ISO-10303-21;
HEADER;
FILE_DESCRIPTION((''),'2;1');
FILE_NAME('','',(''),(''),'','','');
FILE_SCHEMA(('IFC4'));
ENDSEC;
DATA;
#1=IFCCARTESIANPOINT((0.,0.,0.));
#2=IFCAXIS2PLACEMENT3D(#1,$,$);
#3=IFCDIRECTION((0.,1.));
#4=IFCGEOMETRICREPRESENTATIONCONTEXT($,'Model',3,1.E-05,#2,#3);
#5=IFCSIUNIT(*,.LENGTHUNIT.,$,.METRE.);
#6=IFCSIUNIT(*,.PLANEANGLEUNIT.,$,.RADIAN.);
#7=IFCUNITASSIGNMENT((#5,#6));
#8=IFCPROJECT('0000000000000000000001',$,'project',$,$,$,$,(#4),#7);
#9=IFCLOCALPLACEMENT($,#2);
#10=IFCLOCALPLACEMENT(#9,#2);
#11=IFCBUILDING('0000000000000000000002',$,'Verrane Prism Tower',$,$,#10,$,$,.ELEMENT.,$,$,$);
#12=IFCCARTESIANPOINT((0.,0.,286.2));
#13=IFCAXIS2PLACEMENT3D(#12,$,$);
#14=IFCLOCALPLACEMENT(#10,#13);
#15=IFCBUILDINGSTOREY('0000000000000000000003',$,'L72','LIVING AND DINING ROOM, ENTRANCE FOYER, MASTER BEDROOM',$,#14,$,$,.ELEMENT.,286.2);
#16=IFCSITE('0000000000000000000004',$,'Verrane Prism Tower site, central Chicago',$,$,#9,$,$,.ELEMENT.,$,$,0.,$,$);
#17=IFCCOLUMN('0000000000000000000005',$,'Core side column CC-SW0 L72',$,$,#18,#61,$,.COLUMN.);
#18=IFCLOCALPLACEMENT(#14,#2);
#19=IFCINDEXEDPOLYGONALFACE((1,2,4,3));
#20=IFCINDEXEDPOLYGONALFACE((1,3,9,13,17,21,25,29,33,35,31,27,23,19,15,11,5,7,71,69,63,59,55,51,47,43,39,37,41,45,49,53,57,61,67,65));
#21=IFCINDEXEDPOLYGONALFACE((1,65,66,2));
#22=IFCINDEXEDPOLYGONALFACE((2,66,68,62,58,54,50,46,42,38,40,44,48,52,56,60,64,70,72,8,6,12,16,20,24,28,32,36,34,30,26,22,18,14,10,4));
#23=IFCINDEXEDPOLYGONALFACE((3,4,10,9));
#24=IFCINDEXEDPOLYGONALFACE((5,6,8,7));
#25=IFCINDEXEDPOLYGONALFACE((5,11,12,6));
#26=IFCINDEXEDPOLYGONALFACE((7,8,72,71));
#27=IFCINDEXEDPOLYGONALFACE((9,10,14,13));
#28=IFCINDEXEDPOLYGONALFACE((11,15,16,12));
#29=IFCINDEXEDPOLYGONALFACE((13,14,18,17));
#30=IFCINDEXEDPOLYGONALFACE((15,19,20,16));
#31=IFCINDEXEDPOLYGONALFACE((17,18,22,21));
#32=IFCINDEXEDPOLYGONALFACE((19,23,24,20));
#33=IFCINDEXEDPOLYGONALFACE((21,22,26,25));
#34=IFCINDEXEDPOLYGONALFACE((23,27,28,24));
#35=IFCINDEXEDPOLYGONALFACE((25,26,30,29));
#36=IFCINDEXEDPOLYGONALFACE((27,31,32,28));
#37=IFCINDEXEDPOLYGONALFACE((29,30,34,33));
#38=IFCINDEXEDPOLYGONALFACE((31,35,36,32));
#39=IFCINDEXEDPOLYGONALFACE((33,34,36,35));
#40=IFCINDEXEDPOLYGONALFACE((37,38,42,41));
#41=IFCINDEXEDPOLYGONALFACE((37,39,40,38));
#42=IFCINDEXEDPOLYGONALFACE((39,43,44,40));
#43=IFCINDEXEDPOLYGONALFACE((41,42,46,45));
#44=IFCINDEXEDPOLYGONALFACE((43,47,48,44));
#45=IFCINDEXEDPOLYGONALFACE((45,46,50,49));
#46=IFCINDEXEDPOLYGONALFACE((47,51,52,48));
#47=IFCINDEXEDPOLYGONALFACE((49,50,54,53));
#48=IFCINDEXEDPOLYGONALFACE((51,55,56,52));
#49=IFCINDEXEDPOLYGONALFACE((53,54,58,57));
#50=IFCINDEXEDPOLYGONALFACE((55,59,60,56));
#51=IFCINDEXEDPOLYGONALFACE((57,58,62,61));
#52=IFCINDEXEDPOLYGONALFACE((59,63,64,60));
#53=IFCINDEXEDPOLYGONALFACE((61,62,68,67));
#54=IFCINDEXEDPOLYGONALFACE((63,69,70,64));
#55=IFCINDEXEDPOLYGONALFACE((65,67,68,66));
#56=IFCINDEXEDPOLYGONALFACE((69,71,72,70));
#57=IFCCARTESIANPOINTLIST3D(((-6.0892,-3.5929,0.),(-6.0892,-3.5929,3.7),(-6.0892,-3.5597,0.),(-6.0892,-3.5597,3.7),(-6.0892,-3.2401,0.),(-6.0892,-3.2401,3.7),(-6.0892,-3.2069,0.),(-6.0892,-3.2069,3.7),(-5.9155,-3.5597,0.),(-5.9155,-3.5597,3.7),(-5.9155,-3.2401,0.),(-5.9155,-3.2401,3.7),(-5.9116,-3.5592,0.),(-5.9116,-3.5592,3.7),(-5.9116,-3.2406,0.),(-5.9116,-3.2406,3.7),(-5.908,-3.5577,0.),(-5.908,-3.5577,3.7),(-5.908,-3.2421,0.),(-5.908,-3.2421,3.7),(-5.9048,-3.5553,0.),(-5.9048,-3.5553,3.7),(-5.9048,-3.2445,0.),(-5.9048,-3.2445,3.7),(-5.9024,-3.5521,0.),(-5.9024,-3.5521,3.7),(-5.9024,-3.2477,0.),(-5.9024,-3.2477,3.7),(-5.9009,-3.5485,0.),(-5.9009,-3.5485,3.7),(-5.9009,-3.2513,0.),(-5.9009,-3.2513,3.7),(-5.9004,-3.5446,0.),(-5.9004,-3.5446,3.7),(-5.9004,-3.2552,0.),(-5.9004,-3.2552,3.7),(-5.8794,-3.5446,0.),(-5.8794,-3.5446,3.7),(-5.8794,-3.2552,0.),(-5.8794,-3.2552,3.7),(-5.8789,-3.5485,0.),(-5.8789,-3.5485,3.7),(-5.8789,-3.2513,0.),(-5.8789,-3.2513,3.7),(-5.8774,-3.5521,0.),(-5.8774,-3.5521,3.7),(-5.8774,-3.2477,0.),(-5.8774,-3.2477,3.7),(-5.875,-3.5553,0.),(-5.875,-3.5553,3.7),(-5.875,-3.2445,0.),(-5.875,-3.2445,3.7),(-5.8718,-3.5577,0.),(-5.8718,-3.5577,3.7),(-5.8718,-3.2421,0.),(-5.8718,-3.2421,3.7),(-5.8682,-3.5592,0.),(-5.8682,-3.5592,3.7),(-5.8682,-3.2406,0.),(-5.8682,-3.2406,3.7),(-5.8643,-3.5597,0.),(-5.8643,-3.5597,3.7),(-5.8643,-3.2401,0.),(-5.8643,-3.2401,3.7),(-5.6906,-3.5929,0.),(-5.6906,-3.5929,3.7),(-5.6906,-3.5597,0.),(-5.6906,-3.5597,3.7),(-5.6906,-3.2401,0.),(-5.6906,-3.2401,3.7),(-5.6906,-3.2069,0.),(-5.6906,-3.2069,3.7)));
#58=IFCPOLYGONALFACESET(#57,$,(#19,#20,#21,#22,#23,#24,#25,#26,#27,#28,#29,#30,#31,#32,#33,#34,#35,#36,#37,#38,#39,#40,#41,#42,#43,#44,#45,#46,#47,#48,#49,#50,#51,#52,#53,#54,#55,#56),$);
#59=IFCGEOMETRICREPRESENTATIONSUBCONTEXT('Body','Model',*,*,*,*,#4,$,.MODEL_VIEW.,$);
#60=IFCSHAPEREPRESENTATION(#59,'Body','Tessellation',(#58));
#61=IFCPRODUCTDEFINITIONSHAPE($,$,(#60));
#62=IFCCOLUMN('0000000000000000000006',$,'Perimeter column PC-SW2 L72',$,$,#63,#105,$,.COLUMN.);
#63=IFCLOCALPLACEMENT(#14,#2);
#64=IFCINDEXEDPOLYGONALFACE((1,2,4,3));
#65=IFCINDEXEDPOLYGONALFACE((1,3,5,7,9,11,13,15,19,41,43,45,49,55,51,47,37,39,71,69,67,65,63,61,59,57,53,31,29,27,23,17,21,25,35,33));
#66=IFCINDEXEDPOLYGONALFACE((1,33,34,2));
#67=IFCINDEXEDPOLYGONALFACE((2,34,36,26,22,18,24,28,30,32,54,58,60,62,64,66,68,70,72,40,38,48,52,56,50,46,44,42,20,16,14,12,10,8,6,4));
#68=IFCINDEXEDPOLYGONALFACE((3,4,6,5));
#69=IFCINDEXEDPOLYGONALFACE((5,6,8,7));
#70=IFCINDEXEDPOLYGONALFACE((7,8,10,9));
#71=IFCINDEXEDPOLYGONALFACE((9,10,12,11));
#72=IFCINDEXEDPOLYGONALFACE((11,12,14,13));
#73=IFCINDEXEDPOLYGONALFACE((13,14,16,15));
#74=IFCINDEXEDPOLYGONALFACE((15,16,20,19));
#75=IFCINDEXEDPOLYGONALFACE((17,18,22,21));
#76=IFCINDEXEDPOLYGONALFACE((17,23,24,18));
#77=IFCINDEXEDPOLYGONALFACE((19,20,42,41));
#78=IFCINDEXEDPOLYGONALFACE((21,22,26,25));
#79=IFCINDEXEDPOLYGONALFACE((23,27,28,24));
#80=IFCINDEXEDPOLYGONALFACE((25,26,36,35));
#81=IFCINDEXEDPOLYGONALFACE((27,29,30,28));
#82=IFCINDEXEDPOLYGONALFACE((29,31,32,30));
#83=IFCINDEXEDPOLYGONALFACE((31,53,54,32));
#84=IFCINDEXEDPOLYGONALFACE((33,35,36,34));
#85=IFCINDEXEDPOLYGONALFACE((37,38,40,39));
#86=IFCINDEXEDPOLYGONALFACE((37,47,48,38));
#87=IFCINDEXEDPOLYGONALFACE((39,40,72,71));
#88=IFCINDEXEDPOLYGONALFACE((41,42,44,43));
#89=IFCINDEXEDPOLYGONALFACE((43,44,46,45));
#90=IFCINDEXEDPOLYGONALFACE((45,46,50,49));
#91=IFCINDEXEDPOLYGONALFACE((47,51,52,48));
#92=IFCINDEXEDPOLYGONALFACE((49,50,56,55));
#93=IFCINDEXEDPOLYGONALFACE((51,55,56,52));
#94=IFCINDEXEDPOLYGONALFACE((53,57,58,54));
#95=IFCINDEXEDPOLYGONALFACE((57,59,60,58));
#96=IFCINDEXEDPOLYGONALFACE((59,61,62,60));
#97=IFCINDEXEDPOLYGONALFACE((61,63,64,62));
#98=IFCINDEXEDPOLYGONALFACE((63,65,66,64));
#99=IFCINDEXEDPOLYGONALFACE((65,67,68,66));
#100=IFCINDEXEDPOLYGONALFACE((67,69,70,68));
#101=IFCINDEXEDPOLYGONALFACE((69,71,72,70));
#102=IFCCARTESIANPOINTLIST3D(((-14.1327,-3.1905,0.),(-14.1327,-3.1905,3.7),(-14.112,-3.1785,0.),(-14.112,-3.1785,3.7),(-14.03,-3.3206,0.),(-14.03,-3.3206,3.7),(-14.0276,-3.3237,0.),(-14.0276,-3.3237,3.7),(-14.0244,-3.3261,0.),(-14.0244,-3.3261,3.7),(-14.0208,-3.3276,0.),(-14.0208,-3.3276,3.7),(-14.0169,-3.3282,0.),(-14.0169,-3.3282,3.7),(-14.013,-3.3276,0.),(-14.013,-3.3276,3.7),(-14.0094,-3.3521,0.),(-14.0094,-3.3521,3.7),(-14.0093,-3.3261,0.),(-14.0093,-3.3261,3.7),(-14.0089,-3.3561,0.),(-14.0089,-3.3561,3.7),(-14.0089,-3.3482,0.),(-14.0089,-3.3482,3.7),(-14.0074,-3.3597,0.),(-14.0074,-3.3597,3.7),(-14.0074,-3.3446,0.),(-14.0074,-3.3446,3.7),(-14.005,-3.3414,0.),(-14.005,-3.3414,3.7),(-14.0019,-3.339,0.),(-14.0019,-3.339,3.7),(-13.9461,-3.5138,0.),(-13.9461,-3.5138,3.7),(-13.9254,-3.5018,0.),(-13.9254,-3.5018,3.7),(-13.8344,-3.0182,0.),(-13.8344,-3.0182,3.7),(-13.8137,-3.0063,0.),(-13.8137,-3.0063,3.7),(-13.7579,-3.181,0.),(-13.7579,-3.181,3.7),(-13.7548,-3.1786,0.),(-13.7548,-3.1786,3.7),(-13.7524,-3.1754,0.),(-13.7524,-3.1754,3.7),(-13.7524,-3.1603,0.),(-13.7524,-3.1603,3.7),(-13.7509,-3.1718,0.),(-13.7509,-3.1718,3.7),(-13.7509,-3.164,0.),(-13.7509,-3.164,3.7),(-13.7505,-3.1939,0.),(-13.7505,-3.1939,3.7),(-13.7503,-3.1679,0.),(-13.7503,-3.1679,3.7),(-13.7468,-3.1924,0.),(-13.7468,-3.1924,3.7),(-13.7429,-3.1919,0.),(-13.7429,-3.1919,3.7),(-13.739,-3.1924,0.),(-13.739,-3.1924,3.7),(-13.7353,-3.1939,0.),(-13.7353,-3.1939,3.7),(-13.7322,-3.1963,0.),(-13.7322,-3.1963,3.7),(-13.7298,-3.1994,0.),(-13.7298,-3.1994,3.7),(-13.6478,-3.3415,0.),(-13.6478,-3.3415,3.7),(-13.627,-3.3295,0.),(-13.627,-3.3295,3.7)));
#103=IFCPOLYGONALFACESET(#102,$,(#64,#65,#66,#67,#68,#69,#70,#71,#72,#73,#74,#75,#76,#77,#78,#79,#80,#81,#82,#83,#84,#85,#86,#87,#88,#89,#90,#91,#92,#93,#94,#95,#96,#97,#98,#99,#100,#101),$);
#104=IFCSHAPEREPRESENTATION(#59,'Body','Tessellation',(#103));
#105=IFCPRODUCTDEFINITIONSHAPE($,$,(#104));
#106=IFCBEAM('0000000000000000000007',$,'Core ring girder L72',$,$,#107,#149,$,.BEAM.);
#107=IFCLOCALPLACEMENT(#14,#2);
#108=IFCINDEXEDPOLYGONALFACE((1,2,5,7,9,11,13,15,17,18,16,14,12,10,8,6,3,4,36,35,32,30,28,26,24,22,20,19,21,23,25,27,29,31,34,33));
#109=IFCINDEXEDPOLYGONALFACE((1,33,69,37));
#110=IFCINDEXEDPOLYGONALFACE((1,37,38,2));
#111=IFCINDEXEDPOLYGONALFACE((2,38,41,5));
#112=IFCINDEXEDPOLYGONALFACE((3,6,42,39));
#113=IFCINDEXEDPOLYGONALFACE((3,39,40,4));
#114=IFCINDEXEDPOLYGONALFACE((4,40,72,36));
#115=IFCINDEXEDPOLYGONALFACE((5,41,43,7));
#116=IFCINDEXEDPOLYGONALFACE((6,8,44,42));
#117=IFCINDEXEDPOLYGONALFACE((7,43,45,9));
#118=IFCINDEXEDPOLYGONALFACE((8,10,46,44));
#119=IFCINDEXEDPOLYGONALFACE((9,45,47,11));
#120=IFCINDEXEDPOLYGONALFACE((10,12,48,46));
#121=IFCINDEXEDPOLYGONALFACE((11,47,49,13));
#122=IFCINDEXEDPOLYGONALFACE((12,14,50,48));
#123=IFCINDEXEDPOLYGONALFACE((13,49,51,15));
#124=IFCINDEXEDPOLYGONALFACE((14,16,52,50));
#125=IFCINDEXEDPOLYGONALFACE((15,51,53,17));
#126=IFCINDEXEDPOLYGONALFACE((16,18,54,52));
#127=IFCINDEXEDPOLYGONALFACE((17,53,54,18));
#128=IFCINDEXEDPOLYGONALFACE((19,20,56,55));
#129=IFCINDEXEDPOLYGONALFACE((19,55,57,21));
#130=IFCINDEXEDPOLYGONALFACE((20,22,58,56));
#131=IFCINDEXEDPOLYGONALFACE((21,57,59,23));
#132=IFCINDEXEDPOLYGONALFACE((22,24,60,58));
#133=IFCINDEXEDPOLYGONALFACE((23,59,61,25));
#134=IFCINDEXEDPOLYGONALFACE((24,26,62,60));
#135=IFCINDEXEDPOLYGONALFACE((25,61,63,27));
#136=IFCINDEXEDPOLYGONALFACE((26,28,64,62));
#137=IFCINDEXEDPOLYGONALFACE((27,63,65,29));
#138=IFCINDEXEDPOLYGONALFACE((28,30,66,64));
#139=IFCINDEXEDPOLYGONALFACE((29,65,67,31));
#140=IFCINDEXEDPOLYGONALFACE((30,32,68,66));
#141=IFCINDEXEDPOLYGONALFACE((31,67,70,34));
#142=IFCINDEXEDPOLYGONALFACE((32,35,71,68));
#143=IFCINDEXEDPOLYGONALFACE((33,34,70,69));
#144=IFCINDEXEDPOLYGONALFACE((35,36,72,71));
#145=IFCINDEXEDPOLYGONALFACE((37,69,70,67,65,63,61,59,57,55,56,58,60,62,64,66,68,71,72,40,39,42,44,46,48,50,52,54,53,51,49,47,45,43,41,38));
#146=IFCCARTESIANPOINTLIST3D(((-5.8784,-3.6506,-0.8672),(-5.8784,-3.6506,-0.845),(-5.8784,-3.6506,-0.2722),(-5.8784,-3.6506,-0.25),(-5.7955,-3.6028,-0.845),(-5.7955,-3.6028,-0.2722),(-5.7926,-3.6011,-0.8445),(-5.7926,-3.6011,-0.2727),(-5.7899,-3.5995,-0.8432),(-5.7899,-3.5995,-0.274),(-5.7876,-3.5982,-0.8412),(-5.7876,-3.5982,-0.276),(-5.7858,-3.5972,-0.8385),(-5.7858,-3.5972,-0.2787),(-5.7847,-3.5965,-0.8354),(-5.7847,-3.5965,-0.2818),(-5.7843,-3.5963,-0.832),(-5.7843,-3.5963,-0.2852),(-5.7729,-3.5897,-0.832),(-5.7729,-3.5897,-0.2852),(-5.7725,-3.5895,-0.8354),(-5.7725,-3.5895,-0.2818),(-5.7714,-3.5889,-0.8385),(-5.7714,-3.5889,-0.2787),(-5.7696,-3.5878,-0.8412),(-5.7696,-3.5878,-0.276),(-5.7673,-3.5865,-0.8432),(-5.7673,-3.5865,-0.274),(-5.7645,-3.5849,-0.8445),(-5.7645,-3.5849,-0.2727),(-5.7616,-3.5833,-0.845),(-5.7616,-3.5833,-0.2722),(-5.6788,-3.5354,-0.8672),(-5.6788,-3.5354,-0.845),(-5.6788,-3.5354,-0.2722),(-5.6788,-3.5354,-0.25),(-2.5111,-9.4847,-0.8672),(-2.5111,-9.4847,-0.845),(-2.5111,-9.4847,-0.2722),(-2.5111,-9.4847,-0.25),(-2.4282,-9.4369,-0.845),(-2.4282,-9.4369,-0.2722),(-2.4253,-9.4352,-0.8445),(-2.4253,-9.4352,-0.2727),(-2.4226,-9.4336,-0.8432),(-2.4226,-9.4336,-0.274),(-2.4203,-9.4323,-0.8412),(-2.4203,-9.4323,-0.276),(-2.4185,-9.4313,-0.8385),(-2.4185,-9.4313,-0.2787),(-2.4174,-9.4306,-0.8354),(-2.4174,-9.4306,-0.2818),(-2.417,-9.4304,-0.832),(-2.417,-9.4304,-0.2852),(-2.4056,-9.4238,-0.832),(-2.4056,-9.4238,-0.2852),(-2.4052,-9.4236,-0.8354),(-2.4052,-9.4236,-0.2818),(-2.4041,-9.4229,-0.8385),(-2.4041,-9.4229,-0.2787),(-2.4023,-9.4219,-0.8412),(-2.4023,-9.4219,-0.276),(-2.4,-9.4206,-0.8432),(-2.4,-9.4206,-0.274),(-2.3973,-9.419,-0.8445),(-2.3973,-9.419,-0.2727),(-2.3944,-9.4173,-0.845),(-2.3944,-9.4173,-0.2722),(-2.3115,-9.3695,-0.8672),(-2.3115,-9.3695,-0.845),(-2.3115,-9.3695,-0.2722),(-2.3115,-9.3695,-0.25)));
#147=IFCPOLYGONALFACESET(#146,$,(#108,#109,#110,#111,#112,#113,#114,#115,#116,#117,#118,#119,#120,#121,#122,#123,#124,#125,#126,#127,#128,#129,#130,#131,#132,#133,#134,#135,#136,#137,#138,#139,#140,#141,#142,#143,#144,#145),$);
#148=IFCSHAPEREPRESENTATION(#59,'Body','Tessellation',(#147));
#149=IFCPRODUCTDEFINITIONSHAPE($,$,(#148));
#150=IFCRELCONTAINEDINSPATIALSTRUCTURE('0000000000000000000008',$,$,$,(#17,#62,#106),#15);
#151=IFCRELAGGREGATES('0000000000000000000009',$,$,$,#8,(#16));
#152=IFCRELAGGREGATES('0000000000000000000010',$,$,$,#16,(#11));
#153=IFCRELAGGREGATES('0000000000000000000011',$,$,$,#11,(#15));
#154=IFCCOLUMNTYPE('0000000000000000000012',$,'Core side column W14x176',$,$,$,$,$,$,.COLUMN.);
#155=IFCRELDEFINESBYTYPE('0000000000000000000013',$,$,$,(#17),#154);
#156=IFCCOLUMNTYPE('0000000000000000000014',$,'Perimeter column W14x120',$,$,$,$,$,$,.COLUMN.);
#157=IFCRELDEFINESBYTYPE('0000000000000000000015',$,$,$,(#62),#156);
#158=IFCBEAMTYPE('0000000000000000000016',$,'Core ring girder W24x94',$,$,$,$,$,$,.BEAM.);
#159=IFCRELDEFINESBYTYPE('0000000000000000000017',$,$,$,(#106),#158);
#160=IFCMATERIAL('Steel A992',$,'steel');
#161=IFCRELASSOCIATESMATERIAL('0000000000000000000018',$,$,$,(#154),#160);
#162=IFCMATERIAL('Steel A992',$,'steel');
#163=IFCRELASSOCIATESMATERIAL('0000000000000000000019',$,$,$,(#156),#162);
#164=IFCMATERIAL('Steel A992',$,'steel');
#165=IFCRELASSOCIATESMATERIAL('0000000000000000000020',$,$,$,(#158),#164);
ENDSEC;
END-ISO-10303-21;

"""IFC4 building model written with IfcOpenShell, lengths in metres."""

from ifc_helpers import new_model, si_unit, direction, frame, origin, origin_2d, place, context, subcontext, project, spatial, i_section, extrude, material, material_profile, profile_set, type_object, element, save


model = new_model("IFC4")

# Units and contexts
model_context = context("Model", 3, precision=1e-05, world=origin(), true_north=direction((0.0, 1.0)))
body_context = subcontext(model_context, "Body", "Model", "MODEL_VIEW")
ifc_project = project(units=[si_unit("LENGTHUNIT", "METRE"), si_unit("PLANEANGLEUNIT", "RADIAN")], contexts=[model_context])

# Site, building, storey
site_placement = place(None, origin())
site = spatial("IfcSite", under=ifc_project, at=site_placement, Name="Verrane Prism Tower site, central Chicago", CompositionType="ELEMENT", RefElevation=0.0)
building_placement = place(site_placement, origin())
building = spatial("IfcBuilding", under=site, at=building_placement, Name="Verrane Prism Tower", CompositionType="ELEMENT")
storey_placement = place(building_placement, frame((0.0, 0.0, 286.2)))
storey = spatial("IfcBuildingStorey", under=building, at=storey_placement, Name="L72", Description="LIVING AND DINING ROOM, ENTRANCE FOYER, MASTER BEDROOM", CompositionType="ELEMENT", Elevation=286.2)

# Columns
ifc_material_1 = material(Name="Steel A992", Category="steel")
ifc_material_profile_1 = material_profile(ifc_material_1, i_section(OverallWidth=0.3987, OverallDepth=0.386, WebThickness=0.021, FlangeThickness=0.0332, FilletRadius=0.0151, at=origin_2d()), Name="W14x176")
ifc_profile_set_1 = profile_set([ifc_material_profile_1], Name="Steel A992")
column_type_1 = type_object("IfcColumnType", Name="Core side column W14x176", PredefinedType="COLUMN", material=ifc_profile_set_1)
column_1_placement = place(storey_placement, frame((-5.8899, -3.3999, 0.0), z_axis=(0.0, 0.0, 1.0), x_axis=(1.0, 0.0, 0.0)))
element("IfcColumn", 1, at=column_1_placement, inside=storey, type_object=column_type_1, Name="Core side column CC-SW0 L72", PredefinedType="COLUMN", context=body_context, shape_type="SweptSolid", body=[
    extrude(i_section(OverallWidth=0.3987, OverallDepth=0.386, WebThickness=0.021, FlangeThickness=0.0332, FilletRadius=0.0151, at=origin_2d()), origin(), (0.0, 0.0, 1.0), 3.7),
])
ifc_material_2 = material(Name="Steel A992", Category="steel")
ifc_material_profile_2 = material_profile(ifc_material_2, i_section(OverallWidth=0.3733, OverallDepth=0.3684, WebThickness=0.0149, FlangeThickness=0.0239, FilletRadius=0.0151, at=origin_2d()), Name="W14x120")
ifc_profile_set_2 = profile_set([ifc_material_profile_2], Name="Steel A992")
column_type_2 = type_object("IfcColumnType", Name="Perimeter column W14x120", PredefinedType="COLUMN", material=ifc_profile_set_2)
column_2_placement = place(storey_placement, frame((-13.8799, -3.26, 0.0), z_axis=(0.0, 0.0, 1.0), x_axis=(-0.5, 0.866025, 0.0)))
element("IfcColumn", 2, at=column_2_placement, inside=storey, type_object=column_type_2, Name="Perimeter column PC-SW2 L72", PredefinedType="COLUMN", context=body_context, shape_type="SweptSolid", body=[
    extrude(i_section(OverallWidth=0.3733, OverallDepth=0.3684, WebThickness=0.0149, FlangeThickness=0.0239, FilletRadius=0.0151, at=origin_2d()), origin(), (0.0, 0.0, 1.0), 3.7),
])

# Beam
ifc_material_3 = material(Name="Steel A992", Category="steel")
ifc_material_profile_3 = material_profile(ifc_material_3, i_section(OverallWidth=0.2305, OverallDepth=0.6172, WebThickness=0.0132, FlangeThickness=0.0222, FilletRadius=0.0129, at=origin_2d()), Name="W24x94")
ifc_profile_set_3 = profile_set([ifc_material_profile_3], Name="Steel A992")
beam_type_1 = type_object("IfcBeamType", Name="Core ring girder W24x94", PredefinedType="BEAM", material=ifc_profile_set_3)
beam_1_placement = place(storey_placement, frame((-5.7786, -3.593, -0.5586), z_axis=(0.499881, -0.866094, 0.0), x_axis=(0.866094, 0.499881, 0.0)))
element("IfcBeam", 3, at=beam_1_placement, inside=storey, type_object=beam_type_1, Name="Core ring girder L72", PredefinedType="BEAM", context=body_context, shape_type="SweptSolid", body=[
    extrude(i_section(OverallWidth=0.2305, OverallDepth=0.6172, WebThickness=0.0132, FlangeThickness=0.0222, FilletRadius=0.0129, at=origin_2d()), origin(), (0.0, 0.0, 1.0), 6.7361),
])

save(model, "model.ifc")
